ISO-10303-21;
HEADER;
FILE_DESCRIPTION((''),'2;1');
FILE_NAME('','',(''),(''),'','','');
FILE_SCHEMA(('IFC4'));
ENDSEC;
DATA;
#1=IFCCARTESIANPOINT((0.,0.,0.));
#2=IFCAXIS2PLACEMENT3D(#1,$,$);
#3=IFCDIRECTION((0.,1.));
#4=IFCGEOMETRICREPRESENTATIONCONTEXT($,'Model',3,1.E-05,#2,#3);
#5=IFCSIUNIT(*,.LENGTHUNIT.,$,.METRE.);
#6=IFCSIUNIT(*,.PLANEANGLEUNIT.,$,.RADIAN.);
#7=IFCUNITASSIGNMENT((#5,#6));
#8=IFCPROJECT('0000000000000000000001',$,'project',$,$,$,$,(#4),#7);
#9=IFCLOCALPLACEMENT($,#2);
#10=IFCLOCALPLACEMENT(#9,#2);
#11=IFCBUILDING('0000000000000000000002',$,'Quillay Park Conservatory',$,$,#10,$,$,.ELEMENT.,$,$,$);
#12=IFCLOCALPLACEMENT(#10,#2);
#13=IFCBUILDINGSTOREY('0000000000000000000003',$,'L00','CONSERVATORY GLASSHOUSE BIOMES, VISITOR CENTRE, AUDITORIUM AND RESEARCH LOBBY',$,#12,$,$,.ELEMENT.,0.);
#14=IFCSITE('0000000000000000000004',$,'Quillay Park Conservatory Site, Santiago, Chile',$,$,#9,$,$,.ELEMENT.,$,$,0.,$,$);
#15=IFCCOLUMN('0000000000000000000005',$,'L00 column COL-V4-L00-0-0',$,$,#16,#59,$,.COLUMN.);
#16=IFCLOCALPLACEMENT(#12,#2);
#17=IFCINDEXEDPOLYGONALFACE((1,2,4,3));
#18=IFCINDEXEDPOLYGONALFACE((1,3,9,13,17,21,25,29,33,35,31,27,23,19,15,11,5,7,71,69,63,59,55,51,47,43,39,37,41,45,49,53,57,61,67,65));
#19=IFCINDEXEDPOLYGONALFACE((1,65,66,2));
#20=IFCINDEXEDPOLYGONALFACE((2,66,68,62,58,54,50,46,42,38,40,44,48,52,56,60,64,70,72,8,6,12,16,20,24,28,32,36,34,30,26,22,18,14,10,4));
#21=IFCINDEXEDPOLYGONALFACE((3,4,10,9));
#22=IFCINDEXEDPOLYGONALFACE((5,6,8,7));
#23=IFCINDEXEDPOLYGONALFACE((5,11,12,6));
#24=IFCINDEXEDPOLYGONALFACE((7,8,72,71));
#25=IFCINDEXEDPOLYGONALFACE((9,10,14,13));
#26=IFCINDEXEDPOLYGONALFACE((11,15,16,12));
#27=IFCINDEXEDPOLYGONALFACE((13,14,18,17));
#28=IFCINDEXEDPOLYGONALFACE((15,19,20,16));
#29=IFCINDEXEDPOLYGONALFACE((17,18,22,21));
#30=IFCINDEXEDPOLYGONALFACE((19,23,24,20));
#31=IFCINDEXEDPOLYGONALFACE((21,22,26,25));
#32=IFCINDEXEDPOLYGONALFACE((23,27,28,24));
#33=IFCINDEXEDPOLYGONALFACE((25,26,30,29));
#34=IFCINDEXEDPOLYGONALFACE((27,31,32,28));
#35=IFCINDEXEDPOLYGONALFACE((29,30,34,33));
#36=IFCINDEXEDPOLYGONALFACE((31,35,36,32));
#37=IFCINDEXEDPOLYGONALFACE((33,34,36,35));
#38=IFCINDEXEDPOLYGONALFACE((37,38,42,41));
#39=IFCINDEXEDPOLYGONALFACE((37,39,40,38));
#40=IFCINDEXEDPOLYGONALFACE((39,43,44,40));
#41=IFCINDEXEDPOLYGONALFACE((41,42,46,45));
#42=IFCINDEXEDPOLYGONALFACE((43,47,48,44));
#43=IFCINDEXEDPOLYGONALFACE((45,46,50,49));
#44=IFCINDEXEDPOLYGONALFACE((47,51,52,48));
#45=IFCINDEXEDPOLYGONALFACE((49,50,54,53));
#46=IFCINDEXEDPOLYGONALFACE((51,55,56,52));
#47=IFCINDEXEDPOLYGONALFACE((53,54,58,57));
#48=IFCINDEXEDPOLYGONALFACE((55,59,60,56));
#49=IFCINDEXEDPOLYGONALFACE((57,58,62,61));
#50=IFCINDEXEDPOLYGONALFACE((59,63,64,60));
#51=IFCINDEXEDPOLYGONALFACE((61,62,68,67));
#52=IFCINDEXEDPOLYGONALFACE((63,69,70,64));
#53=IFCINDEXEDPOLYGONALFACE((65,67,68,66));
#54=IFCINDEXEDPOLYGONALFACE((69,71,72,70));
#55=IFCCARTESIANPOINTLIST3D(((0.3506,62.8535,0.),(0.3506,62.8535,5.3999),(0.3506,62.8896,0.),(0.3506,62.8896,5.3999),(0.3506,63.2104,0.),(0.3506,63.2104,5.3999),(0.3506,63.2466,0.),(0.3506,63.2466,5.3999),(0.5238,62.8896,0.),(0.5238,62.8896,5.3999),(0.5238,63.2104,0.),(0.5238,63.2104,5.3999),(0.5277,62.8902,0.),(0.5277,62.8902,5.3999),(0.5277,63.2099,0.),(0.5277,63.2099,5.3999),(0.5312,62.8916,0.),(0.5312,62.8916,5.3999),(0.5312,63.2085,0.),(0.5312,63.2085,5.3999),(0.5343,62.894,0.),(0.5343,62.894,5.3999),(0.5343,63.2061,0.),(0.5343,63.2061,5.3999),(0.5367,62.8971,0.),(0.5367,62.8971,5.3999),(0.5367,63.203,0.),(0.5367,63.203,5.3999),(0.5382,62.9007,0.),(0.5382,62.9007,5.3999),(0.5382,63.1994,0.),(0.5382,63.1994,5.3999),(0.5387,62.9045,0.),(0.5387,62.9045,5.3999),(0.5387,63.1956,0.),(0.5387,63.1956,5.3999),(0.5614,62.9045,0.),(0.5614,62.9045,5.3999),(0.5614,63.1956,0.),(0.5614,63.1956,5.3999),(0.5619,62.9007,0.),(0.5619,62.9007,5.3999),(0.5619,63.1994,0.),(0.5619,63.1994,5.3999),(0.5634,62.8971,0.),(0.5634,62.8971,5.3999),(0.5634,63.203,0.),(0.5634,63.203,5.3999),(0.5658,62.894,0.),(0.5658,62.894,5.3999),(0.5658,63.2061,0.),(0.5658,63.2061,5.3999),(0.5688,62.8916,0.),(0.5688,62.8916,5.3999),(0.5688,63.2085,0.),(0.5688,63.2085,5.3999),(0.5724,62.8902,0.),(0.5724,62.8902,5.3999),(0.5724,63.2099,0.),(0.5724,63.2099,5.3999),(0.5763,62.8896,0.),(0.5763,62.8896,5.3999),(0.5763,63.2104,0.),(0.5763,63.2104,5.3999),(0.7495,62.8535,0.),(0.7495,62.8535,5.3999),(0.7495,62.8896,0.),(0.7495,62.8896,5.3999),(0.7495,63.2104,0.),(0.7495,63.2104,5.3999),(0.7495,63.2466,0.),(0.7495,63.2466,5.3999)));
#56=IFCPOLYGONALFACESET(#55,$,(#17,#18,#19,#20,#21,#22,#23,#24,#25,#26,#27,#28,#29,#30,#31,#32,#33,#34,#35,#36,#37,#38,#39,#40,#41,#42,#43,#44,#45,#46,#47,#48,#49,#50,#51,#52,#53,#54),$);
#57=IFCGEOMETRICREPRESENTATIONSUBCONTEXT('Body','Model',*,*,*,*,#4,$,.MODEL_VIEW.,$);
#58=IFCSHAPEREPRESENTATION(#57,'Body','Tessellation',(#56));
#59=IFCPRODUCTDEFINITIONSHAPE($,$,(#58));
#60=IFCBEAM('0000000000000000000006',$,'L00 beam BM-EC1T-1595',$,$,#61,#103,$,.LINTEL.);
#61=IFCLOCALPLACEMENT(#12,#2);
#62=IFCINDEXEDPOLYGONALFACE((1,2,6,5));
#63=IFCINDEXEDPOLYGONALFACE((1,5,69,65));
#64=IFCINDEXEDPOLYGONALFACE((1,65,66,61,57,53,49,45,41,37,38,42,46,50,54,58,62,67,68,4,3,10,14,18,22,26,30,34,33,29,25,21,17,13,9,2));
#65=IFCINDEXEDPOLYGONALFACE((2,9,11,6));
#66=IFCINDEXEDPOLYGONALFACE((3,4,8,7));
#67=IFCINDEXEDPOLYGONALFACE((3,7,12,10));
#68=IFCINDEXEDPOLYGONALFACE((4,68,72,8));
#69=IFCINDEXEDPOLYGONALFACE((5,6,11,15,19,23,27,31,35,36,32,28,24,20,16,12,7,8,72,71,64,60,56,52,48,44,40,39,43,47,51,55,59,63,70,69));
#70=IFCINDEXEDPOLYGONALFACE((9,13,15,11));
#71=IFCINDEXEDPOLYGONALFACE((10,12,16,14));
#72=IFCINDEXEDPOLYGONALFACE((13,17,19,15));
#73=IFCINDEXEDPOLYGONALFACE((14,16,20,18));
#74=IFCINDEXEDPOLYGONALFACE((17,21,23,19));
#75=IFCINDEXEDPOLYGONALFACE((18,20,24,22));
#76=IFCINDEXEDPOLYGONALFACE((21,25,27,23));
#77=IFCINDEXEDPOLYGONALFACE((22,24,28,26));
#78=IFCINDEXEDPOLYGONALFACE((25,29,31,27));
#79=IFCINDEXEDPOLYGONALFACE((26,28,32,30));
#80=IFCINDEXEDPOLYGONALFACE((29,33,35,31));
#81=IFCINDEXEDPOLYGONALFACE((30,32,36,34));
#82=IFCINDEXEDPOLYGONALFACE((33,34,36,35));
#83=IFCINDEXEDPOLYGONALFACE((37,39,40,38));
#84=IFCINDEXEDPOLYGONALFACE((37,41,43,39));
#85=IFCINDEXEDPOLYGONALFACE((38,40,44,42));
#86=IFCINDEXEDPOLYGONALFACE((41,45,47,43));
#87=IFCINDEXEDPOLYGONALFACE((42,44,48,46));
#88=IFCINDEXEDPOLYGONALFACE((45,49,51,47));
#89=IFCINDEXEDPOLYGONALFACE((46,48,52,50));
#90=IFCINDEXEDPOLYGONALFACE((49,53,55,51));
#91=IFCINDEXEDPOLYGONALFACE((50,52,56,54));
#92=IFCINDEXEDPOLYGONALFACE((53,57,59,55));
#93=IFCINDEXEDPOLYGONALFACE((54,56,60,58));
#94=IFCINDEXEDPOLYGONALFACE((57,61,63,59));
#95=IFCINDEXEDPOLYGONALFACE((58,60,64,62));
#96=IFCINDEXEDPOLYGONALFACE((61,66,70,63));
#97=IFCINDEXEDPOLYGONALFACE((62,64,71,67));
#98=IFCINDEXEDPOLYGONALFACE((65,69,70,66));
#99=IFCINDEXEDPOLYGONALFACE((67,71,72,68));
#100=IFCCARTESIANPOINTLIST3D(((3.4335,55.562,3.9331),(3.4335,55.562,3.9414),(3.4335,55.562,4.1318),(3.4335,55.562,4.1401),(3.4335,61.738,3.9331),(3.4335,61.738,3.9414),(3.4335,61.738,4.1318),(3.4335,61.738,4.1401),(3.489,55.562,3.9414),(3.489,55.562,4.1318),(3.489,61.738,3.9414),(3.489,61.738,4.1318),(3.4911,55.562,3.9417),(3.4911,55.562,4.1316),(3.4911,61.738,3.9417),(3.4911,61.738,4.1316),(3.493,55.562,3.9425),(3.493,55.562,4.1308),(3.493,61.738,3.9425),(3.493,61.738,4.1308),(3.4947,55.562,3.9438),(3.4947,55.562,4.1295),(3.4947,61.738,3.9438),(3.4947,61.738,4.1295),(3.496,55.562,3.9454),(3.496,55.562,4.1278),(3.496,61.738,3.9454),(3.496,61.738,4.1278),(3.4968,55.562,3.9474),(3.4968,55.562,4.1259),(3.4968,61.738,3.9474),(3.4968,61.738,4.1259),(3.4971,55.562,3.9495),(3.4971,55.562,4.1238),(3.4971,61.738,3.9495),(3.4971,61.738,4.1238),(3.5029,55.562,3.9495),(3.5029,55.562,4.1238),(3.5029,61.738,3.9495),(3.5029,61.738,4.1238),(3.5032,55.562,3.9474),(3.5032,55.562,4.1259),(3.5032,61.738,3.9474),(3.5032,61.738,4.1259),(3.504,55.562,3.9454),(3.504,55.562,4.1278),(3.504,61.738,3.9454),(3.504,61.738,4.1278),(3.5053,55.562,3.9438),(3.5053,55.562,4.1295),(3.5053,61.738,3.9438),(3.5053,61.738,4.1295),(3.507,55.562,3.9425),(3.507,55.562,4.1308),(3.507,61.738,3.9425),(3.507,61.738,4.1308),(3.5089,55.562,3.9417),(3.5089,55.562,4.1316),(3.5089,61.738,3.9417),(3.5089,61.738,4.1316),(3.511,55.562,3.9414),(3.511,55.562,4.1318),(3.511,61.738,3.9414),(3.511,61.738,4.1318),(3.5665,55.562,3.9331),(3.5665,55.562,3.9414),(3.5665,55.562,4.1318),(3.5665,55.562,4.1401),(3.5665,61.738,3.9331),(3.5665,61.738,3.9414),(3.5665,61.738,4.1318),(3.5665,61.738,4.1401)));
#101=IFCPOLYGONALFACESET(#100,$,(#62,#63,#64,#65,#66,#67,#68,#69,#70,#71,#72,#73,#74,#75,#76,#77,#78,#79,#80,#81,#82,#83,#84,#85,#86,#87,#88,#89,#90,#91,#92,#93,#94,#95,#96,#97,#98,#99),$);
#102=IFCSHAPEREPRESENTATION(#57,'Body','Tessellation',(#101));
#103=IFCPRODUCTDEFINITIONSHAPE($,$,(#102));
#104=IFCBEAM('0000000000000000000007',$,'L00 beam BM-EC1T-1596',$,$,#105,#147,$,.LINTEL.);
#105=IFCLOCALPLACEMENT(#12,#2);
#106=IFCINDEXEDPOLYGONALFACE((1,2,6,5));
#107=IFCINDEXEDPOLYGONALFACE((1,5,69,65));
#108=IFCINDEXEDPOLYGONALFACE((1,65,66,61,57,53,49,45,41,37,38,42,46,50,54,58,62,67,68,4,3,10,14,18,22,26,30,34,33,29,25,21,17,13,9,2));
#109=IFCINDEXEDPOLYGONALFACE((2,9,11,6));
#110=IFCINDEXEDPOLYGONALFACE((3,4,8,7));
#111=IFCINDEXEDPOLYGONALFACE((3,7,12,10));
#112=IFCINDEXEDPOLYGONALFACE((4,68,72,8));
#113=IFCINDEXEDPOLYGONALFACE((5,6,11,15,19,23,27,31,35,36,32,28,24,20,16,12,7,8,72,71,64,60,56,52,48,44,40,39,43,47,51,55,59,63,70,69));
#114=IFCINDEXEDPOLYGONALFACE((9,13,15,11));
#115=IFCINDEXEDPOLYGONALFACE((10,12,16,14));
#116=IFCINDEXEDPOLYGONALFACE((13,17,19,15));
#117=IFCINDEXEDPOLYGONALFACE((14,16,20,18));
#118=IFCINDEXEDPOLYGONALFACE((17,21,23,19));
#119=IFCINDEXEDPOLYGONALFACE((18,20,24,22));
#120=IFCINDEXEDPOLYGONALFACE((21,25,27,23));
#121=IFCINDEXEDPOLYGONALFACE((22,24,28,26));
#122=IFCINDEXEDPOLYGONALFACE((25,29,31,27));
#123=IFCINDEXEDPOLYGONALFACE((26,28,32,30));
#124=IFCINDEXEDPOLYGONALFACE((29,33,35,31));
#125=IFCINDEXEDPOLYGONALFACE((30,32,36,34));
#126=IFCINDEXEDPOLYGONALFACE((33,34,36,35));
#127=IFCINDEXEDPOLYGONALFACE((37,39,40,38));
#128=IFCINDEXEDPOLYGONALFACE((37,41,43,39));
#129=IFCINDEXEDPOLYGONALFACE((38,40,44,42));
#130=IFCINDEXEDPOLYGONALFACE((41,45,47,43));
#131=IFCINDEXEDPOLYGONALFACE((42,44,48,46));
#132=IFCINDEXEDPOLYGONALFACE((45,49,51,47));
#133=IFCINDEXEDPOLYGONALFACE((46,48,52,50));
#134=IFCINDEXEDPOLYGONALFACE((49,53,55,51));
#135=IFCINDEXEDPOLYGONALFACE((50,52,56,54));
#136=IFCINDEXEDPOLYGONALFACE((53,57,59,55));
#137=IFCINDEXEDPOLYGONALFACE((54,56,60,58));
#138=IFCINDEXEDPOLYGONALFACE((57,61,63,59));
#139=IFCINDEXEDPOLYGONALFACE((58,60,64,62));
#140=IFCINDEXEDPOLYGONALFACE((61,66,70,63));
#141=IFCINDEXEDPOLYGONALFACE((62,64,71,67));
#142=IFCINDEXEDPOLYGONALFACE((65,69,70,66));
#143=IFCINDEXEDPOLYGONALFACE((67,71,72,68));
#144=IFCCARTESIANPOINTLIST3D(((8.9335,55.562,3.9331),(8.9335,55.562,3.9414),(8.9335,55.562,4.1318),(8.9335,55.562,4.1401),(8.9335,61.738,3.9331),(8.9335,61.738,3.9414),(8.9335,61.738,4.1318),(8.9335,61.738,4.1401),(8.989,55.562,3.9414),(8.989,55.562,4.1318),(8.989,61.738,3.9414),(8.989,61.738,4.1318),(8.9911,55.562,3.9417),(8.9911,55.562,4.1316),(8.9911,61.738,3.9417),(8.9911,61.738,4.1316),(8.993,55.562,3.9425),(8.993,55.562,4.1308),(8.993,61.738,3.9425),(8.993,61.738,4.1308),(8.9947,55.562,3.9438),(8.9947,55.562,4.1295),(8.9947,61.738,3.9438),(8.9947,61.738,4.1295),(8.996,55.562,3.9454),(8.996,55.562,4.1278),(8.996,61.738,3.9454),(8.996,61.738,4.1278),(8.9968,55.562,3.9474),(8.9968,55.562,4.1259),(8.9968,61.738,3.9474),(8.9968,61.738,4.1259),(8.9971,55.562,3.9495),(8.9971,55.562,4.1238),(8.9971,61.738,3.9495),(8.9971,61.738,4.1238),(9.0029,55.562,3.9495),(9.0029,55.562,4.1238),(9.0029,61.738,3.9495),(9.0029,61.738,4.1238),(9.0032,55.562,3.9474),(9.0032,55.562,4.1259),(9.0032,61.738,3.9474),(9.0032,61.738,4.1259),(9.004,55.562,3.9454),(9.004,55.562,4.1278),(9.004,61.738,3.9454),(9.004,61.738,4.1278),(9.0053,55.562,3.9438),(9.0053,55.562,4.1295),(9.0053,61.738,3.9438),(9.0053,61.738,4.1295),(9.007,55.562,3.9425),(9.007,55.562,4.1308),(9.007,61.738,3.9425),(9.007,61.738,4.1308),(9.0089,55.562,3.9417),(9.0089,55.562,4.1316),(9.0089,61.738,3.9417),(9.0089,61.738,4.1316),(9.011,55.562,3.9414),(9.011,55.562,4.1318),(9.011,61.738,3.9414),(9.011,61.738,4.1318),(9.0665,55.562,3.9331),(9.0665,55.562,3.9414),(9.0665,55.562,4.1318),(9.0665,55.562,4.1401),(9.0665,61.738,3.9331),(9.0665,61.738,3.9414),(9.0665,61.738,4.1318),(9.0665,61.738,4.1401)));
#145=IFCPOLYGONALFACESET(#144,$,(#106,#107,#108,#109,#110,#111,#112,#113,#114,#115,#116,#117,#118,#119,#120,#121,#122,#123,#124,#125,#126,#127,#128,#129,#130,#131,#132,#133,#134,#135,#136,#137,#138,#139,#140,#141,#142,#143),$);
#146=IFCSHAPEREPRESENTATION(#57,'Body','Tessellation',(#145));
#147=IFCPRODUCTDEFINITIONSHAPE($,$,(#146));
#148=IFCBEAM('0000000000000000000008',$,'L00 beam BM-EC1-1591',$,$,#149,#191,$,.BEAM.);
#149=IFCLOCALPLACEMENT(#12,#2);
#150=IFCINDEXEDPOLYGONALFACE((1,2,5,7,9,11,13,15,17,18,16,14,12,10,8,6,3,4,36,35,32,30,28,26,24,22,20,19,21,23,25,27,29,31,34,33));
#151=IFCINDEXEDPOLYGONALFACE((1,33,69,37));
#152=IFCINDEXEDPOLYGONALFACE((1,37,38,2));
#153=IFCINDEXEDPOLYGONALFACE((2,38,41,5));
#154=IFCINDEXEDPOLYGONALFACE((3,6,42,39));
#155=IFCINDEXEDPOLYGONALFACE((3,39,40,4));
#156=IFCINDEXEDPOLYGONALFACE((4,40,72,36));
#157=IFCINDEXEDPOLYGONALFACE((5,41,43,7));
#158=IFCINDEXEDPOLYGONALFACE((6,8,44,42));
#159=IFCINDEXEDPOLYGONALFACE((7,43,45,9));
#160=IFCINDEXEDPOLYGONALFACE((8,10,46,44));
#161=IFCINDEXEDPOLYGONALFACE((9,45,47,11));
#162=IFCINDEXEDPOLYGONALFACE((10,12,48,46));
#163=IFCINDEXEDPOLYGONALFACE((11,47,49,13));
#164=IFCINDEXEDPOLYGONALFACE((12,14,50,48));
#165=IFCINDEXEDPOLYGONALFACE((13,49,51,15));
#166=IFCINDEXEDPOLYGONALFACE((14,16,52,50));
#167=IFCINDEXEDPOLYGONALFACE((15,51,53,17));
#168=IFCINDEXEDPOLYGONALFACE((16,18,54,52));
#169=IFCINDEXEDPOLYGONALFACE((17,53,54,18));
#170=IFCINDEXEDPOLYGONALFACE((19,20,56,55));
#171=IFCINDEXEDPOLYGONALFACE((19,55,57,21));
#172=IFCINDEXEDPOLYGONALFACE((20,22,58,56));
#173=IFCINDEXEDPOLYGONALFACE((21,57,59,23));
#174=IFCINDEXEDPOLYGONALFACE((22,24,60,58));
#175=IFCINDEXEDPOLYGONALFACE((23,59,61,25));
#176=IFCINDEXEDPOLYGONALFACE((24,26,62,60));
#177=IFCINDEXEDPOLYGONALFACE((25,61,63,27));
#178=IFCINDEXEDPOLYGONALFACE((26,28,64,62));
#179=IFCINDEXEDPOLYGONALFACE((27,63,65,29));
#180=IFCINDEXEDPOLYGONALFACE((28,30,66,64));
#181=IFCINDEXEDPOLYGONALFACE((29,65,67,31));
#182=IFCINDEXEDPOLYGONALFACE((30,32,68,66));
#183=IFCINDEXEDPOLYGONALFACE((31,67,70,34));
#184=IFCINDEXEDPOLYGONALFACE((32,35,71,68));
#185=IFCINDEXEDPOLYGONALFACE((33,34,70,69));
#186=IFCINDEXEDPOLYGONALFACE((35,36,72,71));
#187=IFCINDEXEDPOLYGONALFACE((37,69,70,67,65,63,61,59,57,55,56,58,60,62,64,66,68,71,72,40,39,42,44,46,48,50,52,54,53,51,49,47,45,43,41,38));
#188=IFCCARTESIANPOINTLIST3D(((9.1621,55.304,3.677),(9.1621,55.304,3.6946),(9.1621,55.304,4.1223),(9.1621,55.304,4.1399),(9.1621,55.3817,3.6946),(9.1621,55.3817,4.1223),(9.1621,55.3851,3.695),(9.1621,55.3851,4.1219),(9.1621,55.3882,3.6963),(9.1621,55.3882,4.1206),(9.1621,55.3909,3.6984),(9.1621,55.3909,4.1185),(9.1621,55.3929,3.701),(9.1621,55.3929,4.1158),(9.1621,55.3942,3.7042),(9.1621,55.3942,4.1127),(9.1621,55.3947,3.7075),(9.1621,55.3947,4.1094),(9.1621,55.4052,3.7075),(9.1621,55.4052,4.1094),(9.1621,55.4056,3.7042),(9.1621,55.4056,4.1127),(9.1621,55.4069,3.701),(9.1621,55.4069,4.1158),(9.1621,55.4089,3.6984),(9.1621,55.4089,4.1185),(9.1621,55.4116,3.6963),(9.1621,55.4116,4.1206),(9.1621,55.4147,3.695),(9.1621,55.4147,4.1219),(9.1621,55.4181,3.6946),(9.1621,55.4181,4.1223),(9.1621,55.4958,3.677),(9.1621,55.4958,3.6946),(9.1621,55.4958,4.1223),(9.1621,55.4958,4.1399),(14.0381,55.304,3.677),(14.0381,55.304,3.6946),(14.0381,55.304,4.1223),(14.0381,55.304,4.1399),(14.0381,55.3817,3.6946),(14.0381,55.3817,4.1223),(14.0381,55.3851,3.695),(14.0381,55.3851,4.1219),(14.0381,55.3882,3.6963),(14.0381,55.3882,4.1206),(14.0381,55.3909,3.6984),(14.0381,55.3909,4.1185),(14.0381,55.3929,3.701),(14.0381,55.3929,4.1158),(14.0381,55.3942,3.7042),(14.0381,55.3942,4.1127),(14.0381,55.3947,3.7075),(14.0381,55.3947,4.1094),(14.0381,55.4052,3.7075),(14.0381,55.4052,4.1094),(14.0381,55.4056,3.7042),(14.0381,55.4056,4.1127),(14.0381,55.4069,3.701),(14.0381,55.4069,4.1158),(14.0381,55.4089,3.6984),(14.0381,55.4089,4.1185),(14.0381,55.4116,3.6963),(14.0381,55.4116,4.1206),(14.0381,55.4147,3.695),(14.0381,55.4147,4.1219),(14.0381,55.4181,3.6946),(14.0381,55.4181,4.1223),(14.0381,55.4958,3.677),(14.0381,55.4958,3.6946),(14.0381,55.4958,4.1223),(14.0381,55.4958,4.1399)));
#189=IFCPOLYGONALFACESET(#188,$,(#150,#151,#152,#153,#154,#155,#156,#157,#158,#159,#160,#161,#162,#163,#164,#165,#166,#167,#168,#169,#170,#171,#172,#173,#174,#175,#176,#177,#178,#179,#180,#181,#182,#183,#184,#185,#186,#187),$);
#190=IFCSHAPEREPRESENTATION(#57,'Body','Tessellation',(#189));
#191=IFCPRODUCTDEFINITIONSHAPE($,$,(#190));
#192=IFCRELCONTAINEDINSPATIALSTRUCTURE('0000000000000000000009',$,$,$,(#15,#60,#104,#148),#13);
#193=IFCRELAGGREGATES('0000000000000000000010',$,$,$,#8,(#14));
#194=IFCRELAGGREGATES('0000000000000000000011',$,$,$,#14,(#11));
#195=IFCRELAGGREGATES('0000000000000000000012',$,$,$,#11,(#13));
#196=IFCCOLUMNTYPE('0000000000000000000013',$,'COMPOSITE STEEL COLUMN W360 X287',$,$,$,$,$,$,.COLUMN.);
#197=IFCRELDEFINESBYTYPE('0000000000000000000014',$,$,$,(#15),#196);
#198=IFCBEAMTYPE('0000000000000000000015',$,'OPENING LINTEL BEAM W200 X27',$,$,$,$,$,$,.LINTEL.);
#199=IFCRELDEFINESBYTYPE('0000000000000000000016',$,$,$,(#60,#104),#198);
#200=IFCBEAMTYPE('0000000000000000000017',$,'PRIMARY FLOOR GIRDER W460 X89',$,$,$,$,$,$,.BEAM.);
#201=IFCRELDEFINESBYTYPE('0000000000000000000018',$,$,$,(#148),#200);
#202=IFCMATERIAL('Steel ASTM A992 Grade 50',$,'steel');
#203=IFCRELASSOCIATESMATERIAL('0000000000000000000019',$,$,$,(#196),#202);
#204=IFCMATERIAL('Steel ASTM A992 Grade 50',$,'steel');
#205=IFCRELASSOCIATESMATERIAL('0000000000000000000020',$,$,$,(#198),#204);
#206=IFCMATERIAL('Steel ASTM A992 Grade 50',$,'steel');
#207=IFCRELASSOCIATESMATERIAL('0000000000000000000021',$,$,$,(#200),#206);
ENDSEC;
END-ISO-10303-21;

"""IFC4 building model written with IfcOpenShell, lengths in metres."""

from ifc_helpers import new_model, si_unit, direction, frame, origin, origin_2d, place, context, subcontext, project, spatial, i_section, extrude, material, material_profile, profile_set, type_object, element, save


model = new_model("IFC4")

# Units and contexts
model_context = context("Model", 3, precision=1e-05, world=origin(), true_north=direction((0.0, 1.0)))
body_context = subcontext(model_context, "Body", "Model", "MODEL_VIEW")
ifc_project = project(units=[si_unit("LENGTHUNIT", "METRE"), si_unit("PLANEANGLEUNIT", "RADIAN")], contexts=[model_context])

# Site, building, storey
site_placement = place(None, origin())
site = spatial("IfcSite", under=ifc_project, at=site_placement, Name="Quillay Park Conservatory Site, Santiago, Chile", CompositionType="ELEMENT", RefElevation=0.0)
building_placement = place(site_placement, origin())
building = spatial("IfcBuilding", under=site, at=building_placement, Name="Quillay Park Conservatory", CompositionType="ELEMENT")
storey_placement = place(building_placement, origin())
storey = spatial("IfcBuildingStorey", under=building, at=storey_placement, Name="L00", Description="CONSERVATORY GLASSHOUSE BIOMES, VISITOR CENTRE, AUDITORIUM AND RESEARCH LOBBY", CompositionType="ELEMENT", Elevation=0.0)

# Column
ifc_material_1 = material(Name="Steel ASTM A992 Grade 50", Category="steel")
ifc_material_profile_1 = material_profile(ifc_material_1, i_section(OverallWidth=0.3989, OverallDepth=0.3931, WebThickness=0.0227, FlangeThickness=0.0361, FilletRadius=0.0149, at=origin_2d()), Name="W360x287")
ifc_profile_set_1 = profile_set([ifc_material_profile_1], Name="Steel ASTM A992 Grade 50")
column_type_1 = type_object("IfcColumnType", Name="COMPOSITE STEEL COLUMN W360 X287", PredefinedType="COLUMN", material=ifc_profile_set_1)
column_placement = place(storey_placement, frame((0.55, 63.05, 0.0), z_axis=(0.0, 0.0, 1.0), x_axis=(1.0, 0.0, 0.0)))
element("IfcColumn", 1, at=column_placement, inside=storey, type_object=column_type_1, Name="L00 column COL-V4-L00-0-0", PredefinedType="COLUMN", context=body_context, shape_type="SweptSolid", body=[
    extrude(i_section(OverallWidth=0.3989, OverallDepth=0.3931, WebThickness=0.0227, FlangeThickness=0.0361, FilletRadius=0.0149, at=origin_2d()), origin(), (0.0, 0.0, 1.0), 5.3999),
])

# Beams
ifc_material_2 = material(Name="Steel ASTM A992 Grade 50", Category="steel")
ifc_material_profile_2 = material_profile(ifc_material_2, i_section(OverallWidth=0.1331, OverallDepth=0.207, WebThickness=0.0059, FlangeThickness=0.0083, FilletRadius=0.0081, at=origin_2d()), Name="W200x27")
ifc_profile_set_2 = profile_set([ifc_material_profile_2], Name="Steel ASTM A992 Grade 50")
beam_type_1 = type_object("IfcBeamType", Name="OPENING LINTEL BEAM W200 X27", PredefinedType="LINTEL", material=ifc_profile_set_2)
for number, where, z_axis, x_axis, name in (
    (2, (3.5, 55.562, 4.0366), (0.0, 1.0, 0.0), (-1.0, 0.0, 0.0), "L00 beam BM-EC1T-1595"),
    (3, (9.0, 55.562, 4.0366), (0.0, 1.0, 0.0), (-1.0, 0.0, 0.0), "L00 beam BM-EC1T-1596"),
):
    element("IfcBeam", number, at=place(storey_placement, frame(where, z_axis=z_axis, x_axis=x_axis)), inside=storey, type_object=beam_type_1, Name=name, PredefinedType="LINTEL", context=body_context, shape_type="SweptSolid", body=[
        extrude(i_section(OverallWidth=0.1331, OverallDepth=0.207, WebThickness=0.0059, FlangeThickness=0.0083, FilletRadius=0.0081, at=origin_2d()), origin(), (0.0, 0.0, 1.0), 6.176),
    ])
ifc_material_3 = material(Name="Steel ASTM A992 Grade 50", Category="steel")
ifc_material_profile_3 = material_profile(ifc_material_3, i_section(OverallWidth=0.1919, OverallDepth=0.4629, WebThickness=0.0105, FlangeThickness=0.0176, FilletRadius=0.0129, at=origin_2d()), Name="W460x89")
ifc_profile_set_3 = profile_set([ifc_material_profile_3], Name="Steel ASTM A992 Grade 50")
beam_type_2 = type_object("IfcBeamType", Name="PRIMARY FLOOR GIRDER W460 X89", PredefinedType="BEAM", material=ifc_profile_set_3)
beam_1_placement = place(storey_placement, frame((9.1621, 55.3999, 3.9084), z_axis=(1.0, 0.0, 0.0), x_axis=(0.0, 1.0, 0.0)))
element("IfcBeam", 4, at=beam_1_placement, inside=storey, type_object=beam_type_2, Name="L00 beam BM-EC1-1591", PredefinedType="BEAM", context=body_context, shape_type="SweptSolid", body=[
    extrude(i_section(OverallWidth=0.1919, OverallDepth=0.4629, WebThickness=0.0105, FlangeThickness=0.0176, FilletRadius=0.0129, at=origin_2d()), origin(), (0.0, 0.0, 1.0), 4.876),
])

save(model, "model.ifc")
